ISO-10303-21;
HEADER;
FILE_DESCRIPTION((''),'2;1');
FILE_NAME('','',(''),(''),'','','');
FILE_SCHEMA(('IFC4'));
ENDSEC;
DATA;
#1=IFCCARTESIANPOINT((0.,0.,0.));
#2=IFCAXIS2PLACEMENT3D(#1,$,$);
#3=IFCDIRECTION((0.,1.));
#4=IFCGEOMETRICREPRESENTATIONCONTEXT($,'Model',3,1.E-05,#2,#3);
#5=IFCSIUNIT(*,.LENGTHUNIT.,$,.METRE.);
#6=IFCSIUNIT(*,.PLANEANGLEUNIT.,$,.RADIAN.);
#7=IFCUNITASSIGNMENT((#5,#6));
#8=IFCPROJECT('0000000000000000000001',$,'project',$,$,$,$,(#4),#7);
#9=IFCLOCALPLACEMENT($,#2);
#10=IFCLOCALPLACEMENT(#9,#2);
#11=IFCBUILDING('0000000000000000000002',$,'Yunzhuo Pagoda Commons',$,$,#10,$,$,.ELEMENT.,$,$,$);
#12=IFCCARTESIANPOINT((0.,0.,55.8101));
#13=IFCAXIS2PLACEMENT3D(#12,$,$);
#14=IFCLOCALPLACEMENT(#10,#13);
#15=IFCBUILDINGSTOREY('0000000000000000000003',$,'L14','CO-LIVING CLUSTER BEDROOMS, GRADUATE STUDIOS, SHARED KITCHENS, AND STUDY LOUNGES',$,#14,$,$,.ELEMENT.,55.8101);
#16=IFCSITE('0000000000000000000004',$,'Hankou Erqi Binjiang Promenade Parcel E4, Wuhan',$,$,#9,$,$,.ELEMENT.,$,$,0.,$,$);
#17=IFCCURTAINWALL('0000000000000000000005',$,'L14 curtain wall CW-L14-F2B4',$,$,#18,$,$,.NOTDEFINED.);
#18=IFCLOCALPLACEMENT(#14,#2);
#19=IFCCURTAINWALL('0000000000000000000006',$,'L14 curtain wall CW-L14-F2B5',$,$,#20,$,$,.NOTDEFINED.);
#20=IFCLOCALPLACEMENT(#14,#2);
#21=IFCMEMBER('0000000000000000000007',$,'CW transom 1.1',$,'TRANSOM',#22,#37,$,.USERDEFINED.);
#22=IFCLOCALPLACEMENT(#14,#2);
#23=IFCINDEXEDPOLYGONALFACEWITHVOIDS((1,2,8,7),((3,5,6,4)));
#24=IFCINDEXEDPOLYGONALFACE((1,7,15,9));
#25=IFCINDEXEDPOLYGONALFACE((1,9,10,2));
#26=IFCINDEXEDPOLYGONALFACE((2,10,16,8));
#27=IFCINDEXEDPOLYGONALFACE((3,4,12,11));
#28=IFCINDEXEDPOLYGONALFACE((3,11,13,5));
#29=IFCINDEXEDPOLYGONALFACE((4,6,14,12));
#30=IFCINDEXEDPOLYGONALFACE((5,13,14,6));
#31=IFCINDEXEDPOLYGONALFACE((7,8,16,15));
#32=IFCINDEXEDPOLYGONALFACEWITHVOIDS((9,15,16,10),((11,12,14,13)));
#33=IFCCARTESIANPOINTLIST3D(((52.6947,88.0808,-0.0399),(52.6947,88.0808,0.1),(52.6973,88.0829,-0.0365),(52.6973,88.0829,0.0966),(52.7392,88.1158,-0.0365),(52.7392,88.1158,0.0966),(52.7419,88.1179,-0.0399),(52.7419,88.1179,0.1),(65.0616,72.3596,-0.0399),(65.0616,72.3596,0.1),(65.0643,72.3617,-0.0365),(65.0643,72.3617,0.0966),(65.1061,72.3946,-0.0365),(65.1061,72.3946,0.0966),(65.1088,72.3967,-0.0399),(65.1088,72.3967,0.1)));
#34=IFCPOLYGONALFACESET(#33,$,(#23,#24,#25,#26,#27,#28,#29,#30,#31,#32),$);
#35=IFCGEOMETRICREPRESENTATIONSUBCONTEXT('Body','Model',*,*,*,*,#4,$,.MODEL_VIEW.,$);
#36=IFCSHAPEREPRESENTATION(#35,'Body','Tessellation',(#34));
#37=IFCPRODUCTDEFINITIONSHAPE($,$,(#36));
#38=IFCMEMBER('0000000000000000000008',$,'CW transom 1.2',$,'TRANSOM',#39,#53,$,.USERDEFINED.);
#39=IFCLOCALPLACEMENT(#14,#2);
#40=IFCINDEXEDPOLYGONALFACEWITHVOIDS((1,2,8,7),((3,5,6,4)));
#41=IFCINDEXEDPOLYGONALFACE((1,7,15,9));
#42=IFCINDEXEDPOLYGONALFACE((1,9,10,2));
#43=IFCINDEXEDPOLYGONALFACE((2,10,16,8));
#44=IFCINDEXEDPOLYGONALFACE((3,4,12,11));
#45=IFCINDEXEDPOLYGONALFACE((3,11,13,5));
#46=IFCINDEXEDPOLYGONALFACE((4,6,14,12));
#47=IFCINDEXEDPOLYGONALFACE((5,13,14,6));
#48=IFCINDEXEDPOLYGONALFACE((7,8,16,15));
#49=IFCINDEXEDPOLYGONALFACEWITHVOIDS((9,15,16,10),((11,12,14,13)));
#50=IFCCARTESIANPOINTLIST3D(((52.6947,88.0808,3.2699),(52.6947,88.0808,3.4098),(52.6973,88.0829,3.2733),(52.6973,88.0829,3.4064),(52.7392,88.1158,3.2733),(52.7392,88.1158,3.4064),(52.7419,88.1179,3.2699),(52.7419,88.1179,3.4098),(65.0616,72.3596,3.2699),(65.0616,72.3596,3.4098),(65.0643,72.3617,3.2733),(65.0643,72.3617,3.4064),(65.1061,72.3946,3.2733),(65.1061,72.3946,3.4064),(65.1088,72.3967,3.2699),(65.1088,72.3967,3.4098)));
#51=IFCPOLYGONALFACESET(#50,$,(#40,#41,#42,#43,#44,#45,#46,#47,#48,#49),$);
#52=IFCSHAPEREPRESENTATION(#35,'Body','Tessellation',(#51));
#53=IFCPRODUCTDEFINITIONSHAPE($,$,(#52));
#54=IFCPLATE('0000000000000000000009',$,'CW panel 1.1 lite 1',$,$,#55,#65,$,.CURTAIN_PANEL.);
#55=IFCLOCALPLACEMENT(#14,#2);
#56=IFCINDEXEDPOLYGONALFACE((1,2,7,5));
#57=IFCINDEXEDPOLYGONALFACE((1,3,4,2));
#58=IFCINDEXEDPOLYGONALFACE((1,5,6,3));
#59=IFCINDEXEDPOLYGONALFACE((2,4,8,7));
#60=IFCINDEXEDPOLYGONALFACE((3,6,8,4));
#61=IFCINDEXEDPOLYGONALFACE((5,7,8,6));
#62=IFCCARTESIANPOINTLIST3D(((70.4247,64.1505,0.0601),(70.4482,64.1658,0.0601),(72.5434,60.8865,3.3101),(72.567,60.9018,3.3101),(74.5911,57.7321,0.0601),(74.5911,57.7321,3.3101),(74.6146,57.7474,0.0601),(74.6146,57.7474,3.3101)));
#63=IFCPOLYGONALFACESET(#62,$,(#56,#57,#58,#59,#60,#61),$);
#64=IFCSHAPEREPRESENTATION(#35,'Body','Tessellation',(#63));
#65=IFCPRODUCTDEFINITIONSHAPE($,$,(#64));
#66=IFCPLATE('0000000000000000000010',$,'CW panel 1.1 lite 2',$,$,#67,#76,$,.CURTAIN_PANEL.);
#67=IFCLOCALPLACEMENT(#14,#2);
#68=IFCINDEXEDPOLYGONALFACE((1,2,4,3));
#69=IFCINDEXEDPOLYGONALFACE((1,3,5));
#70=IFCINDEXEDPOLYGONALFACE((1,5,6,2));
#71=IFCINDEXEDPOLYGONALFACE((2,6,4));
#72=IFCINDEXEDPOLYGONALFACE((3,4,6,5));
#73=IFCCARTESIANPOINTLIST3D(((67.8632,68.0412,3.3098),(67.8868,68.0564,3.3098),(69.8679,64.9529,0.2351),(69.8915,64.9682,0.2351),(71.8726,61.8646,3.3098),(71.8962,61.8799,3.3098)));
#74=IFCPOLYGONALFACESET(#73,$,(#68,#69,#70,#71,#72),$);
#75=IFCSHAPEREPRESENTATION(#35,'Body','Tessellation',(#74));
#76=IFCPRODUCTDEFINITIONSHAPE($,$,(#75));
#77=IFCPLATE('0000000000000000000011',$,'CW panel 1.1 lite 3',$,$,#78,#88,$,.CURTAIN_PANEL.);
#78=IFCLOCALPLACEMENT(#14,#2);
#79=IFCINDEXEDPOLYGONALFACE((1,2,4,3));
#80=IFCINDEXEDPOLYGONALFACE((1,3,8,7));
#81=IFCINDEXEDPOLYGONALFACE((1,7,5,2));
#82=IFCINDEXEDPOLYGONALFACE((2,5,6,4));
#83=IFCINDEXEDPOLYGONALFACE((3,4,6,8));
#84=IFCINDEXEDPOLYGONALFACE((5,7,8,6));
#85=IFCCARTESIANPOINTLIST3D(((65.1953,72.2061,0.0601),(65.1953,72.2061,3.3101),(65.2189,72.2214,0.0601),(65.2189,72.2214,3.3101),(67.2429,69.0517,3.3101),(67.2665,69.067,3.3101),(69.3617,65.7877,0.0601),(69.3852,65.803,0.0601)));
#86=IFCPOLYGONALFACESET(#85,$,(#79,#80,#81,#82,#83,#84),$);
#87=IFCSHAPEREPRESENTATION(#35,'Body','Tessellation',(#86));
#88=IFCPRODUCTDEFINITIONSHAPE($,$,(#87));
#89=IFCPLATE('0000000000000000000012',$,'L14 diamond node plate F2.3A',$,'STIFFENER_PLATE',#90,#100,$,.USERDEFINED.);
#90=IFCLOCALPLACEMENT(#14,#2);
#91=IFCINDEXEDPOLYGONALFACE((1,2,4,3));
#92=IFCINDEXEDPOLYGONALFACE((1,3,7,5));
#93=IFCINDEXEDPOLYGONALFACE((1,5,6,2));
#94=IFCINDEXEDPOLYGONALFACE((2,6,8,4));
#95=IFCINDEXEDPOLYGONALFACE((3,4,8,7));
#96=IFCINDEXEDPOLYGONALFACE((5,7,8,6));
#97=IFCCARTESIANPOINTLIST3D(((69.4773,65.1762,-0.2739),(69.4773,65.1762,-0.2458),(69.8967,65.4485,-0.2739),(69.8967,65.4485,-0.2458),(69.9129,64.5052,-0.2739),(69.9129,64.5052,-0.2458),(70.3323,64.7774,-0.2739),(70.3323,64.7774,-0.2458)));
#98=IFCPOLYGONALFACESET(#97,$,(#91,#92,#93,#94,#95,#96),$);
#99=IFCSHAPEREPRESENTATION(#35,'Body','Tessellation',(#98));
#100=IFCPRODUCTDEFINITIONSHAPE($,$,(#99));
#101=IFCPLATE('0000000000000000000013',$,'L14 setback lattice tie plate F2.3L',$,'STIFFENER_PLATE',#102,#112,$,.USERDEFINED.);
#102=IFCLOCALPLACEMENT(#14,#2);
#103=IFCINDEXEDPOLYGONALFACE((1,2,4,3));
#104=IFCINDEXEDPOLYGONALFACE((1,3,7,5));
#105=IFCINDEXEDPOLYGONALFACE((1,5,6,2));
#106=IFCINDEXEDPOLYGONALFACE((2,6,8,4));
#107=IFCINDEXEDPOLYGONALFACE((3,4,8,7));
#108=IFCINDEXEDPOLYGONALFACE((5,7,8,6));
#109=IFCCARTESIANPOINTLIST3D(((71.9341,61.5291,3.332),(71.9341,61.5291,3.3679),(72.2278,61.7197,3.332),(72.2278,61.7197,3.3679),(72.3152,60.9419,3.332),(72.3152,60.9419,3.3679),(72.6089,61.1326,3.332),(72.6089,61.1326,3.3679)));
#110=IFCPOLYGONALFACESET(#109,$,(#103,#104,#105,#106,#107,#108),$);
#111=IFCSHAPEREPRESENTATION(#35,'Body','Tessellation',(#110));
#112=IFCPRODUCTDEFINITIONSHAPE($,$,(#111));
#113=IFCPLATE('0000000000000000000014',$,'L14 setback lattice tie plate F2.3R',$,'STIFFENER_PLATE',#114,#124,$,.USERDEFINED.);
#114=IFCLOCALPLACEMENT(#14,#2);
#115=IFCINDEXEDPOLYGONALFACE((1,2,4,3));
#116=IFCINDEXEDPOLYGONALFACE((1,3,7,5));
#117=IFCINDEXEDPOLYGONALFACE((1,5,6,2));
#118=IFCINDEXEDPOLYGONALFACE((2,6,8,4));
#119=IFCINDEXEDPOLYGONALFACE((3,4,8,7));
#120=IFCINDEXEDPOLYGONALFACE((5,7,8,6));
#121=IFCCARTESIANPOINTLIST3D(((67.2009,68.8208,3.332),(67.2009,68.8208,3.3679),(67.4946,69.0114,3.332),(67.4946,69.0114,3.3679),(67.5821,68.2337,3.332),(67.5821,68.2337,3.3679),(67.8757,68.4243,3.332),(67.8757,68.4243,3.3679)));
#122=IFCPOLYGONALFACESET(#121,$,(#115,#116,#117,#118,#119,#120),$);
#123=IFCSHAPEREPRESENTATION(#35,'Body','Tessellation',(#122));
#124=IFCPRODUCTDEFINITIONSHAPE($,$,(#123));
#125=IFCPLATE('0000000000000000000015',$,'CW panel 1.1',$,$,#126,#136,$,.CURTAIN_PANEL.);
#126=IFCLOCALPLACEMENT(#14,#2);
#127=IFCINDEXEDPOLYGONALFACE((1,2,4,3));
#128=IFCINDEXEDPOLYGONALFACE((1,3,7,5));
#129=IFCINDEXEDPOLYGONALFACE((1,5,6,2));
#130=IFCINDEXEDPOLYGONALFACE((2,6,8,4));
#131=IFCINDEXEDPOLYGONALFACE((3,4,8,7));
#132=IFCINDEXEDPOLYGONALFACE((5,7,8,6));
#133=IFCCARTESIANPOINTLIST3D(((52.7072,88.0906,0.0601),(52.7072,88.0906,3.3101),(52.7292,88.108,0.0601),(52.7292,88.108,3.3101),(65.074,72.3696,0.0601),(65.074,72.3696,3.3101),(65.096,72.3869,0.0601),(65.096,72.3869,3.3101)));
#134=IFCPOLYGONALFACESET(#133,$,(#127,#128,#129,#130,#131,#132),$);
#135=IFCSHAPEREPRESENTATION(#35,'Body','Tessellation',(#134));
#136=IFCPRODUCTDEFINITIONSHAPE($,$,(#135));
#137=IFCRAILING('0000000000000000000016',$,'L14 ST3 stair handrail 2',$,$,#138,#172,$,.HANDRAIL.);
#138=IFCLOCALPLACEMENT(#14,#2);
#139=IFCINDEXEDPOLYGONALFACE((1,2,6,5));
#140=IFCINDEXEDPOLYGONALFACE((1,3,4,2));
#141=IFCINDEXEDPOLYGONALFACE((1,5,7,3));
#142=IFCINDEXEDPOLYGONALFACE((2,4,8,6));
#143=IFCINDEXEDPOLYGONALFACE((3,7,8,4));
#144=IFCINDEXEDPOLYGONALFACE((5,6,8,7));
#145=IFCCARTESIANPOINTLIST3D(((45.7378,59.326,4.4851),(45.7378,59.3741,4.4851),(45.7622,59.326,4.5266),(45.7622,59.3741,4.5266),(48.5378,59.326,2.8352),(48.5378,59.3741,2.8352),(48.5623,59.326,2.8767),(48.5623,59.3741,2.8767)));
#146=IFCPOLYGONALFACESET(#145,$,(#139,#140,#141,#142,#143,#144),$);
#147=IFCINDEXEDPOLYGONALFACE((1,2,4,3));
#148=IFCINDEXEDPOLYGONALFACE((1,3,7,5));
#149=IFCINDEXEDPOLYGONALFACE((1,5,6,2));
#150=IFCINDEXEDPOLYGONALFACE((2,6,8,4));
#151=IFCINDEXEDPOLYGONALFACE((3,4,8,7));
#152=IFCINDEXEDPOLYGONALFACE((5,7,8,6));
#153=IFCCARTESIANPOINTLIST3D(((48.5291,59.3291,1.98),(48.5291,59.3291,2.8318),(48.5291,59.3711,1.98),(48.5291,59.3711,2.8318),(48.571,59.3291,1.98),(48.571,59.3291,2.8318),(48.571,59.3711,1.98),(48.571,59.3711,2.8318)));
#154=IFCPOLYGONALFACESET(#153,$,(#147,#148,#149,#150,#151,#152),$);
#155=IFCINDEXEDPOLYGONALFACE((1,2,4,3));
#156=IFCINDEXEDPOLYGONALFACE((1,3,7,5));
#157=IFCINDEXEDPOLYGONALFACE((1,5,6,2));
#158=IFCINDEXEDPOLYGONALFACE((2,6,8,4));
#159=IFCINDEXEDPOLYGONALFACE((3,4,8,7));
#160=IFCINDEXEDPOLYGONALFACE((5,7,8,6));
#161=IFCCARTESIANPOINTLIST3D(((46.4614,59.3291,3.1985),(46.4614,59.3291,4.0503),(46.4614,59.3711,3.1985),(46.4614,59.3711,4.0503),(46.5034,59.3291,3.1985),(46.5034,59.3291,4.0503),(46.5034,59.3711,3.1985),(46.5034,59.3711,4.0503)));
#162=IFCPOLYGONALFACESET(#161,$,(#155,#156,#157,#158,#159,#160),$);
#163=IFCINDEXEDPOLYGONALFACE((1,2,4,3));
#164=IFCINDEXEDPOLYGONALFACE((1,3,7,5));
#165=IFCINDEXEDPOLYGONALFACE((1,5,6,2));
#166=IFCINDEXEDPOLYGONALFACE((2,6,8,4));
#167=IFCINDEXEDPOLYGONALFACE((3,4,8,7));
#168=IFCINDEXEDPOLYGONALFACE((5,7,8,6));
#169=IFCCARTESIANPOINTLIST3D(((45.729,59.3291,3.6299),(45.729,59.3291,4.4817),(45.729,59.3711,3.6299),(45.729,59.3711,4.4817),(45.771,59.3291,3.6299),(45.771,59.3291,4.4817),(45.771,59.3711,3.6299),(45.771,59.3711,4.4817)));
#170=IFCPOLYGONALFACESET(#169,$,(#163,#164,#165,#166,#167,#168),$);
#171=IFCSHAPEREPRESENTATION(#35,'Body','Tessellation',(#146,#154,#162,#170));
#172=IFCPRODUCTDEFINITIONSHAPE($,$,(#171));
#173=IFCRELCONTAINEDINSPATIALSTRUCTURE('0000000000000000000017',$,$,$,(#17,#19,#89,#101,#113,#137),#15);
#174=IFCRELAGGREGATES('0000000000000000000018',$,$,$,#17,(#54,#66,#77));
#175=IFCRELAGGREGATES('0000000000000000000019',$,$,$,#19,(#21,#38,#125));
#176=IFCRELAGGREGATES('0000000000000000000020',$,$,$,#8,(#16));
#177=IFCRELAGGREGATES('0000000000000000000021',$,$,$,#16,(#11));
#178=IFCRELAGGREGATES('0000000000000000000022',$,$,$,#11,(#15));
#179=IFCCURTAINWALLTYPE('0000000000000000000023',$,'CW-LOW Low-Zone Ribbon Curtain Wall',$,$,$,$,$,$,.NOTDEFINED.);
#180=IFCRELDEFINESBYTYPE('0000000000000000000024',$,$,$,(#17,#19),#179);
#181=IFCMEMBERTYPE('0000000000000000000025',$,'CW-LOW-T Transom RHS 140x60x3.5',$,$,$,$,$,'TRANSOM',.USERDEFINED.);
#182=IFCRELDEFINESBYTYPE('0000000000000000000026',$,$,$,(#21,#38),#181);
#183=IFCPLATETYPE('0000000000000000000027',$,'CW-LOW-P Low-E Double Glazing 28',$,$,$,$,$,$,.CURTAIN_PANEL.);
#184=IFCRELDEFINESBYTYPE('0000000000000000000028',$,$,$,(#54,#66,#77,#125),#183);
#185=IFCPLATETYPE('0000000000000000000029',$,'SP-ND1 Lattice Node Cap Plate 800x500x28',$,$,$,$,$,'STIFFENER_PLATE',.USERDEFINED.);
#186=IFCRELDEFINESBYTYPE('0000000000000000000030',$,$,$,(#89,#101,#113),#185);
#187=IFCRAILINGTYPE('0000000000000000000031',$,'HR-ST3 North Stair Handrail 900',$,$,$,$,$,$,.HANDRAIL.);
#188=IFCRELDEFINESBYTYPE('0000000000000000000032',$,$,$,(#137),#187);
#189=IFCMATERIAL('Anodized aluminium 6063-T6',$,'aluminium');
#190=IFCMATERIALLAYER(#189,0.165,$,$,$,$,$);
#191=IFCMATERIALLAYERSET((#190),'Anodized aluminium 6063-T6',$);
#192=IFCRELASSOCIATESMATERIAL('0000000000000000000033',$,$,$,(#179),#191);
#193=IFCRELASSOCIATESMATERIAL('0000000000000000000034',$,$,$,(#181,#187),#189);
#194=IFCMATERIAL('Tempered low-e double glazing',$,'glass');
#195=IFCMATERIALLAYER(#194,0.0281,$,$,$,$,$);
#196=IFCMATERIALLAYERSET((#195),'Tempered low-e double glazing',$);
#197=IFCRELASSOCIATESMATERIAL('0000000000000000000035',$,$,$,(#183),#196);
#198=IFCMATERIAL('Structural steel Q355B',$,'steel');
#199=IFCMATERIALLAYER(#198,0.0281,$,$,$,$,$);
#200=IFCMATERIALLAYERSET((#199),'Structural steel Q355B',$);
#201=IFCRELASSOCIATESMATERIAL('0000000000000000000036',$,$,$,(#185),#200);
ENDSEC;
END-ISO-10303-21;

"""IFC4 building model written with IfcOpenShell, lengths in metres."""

from ifc_helpers import new_model, si_unit, direction, frame, origin, origin_2d, place, context, subcontext, project, spatial, polyline, rectangle, hollow_rectangle, outline, extrude, source, transform, mapped, material, layer, layer_set, material_profile, profile_set, type_object, element, aggregate, save


model = new_model("IFC4")

# Units and contexts
model_context = context("Model", 3, precision=1e-05, world=origin(), true_north=direction((0.0, 1.0)))
body_context = subcontext(model_context, "Body", "Model", "MODEL_VIEW")
ifc_project = project(units=[si_unit("LENGTHUNIT", "METRE"), si_unit("PLANEANGLEUNIT", "RADIAN")], contexts=[model_context])

# Site, building, storey
site_placement = place(None, origin())
site = spatial("IfcSite", under=ifc_project, at=site_placement, Name="Hankou Erqi Binjiang Promenade Parcel E4, Wuhan", CompositionType="ELEMENT", RefElevation=0.0)
building_placement = place(site_placement, origin())
building = spatial("IfcBuilding", under=site, at=building_placement, Name="Yunzhuo Pagoda Commons", CompositionType="ELEMENT")
storey_placement = place(building_placement, frame((0.0, 0.0, 55.8101)))
storey = spatial("IfcBuildingStorey", under=building, at=storey_placement, Name="L14", Description="CO-LIVING CLUSTER BEDROOMS, GRADUATE STUDIOS, SHARED KITCHENS, AND STUDY LOUNGES", CompositionType="ELEMENT", Elevation=55.8101)

# Shared definitions
ifc_material_1 = material(Name="Structural steel Q355B", Category="steel")

# Curtain wall
ifc_material_2 = material(Name="Anodized aluminium 6063-T6", Category="aluminium")
ifc_layer_1 = layer(ifc_material_2, 0.165)
ifc_layer_set_1 = layer_set([ifc_layer_1], Name="Anodized aluminium 6063-T6")
curtain_wall_type = type_object("IfcCurtainWallType", Name="CW-LOW Low-Zone Ribbon Curtain Wall", PredefinedType="NOTDEFINED", material=ifc_layer_set_1)
curtain_wall_1_placement = place(storey_placement, origin())
curtain_wall_1 = element("IfcCurtainWall", 1, at=curtain_wall_1_placement, inside=storey, type_object=curtain_wall_type, Name="L14 curtain wall CW-L14-F2B4", PredefinedType="NOTDEFINED")

# Curtain wall, members
curtain_wall_2_placement = place(storey_placement, origin())
curtain_wall_2 = element("IfcCurtainWall", 2, at=curtain_wall_2_placement, inside=storey, type_object=curtain_wall_type, Name="L14 curtain wall CW-L14-F2B5", PredefinedType="NOTDEFINED")
ifc_material_profile_1 = material_profile(ifc_material_2, hollow_rectangle(XDim=0.0601, YDim=0.1399, WallThickness=0.0034, at=origin_2d()), Name="Anodized aluminium 6063-T6")
ifc_profile_set_1 = profile_set([ifc_material_profile_1], Name="Anodized aluminium 6063-T6")
member_type_1 = type_object("IfcMemberType", Name="CW-LOW-T Transom RHS 140x60x3.5", ElementType="TRANSOM", PredefinedType="USERDEFINED", material=ifc_profile_set_1)
shared_shape_1 = source(origin(), body_context, "Body", "SweptSolid", [
    extrude(hollow_rectangle(XDim=0.0601, YDim=0.1399, WallThickness=0.0034, at=origin_2d()), origin(), (0.0, 0.0, 1.0), 20.0024),
])
member_1_placement = place(storey_placement, frame((65.0852, 72.3782, 0.03), z_axis=(-0.618272, 0.785964, 0.0), x_axis=(-0.785964, -0.618272, 0.0)))
member_1 = element("IfcMember", 3, at=member_1_placement, type_object=member_type_1, Name="CW transom 1.1", ObjectType="TRANSOM", PredefinedType="USERDEFINED", context=body_context, shape_type="MappedRepresentation", body=[
    mapped(shared_shape_1, transform((0.0, 0.0, 0.0), scale=1.0)),
])
member_2_placement = place(storey_placement, frame((65.0852, 72.3782, 3.3398), z_axis=(-0.618272, 0.785964, 0.0), x_axis=(-0.785964, -0.618272, 0.0)))
member_2 = element("IfcMember", 4, at=member_2_placement, type_object=member_type_1, Name="CW transom 1.2", ObjectType="TRANSOM", PredefinedType="USERDEFINED", context=body_context, shape_type="MappedRepresentation", body=[
    mapped(shared_shape_1, transform((0.0, 0.0, 0.0), scale=1.0)),
])

# Plates
ifc_material_3 = material(Name="Tempered low-e double glazing", Category="glass")
ifc_layer_2 = layer(ifc_material_3, 0.0281)
ifc_layer_set_2 = layer_set([ifc_layer_2], Name="Tempered low-e double glazing")
plate_type_1 = type_object("IfcPlateType", Name="CW-LOW-P Low-E Double Glazing 28", PredefinedType="CURTAIN_PANEL", material=ifc_layer_set_2)
plate_1_placement = place(storey_placement, frame((72.5078, 60.9414, 1.6851), z_axis=(0.838777, 0.544476, 0.0), x_axis=(-0.544476, 0.838777, 0.0)))
plate_1 = element("IfcPlate", 5, at=plate_1_placement, type_object=plate_type_1, Name="CW panel 1.1 lite 1", PredefinedType="CURTAIN_PANEL", context=body_context, shape_type="SweptSolid", body=[
    extrude(outline(polyline([(-3.8262, -1.625), (3.8259, -1.625), (-0.0654, 1.625), (-3.8262, 1.625), (-3.8262, -1.625)])), origin(), (0.0, 0.0, 1.0), 0.0281),
])
plate_2_placement = place(storey_placement, frame((69.8679, 64.9529, 1.7725), z_axis=(0.838777, 0.544476, 0.0), x_axis=(-0.544476, 0.838777, 0.0)))
plate_2 = element("IfcPlate", 6, at=plate_2_placement, type_object=plate_type_1, Name="CW panel 1.1 lite 2", PredefinedType="CURTAIN_PANEL", context=body_context, shape_type="SweptSolid", body=[
    extrude(outline(polyline([(-3.6819, 1.5374), (0.0, -1.5374), (3.6819, 1.5374), (-3.6819, 1.5374)])), origin(), (0.0, 0.0, 1.0), 0.0281),
])
plate_3_placement = place(storey_placement, frame((67.2786, 68.9968, 1.6851), z_axis=(0.838777, 0.544476, 0.0), x_axis=(-0.544476, 0.838777, 0.0)))
plate_3 = element("IfcPlate", 7, at=plate_3_placement, type_object=plate_type_1, Name="CW panel 1.1 lite 3", PredefinedType="CURTAIN_PANEL", context=body_context, shape_type="SweptSolid", body=[
    extrude(outline(polyline([(-3.8259, -1.625), (3.8262, -1.625), (3.8262, 1.625), (0.0654, 1.625), (-3.8259, -1.625)])), origin(), (0.0, 0.0, 1.0), 0.0281),
])
aggregate(curtain_wall_1, [plate_1, plate_2, plate_3])

# Plates
ifc_layer_3 = layer(ifc_material_1, 0.0281)
ifc_layer_set_3 = layer_set([ifc_layer_3], Name="Structural steel Q355B")
plate_type_2 = type_object("IfcPlateType", Name="SP-ND1 Lattice Node Cap Plate 800x500x28", ElementType="STIFFENER_PLATE", PredefinedType="USERDEFINED", material=ifc_layer_set_3)
shared_shape_2 = source(origin(), body_context, "Body", "SweptSolid", [
    extrude(rectangle(XDim=0.8, YDim=0.5, at=origin_2d()), origin(), (0.0, 0.0, 1.0), 0.0281),
])
plate_4_placement = place(storey_placement, frame((69.9048, 64.9768, -0.2739), z_axis=(0.0, 0.0, 1.0), x_axis=(-0.544478, 0.838775, 0.0)))
element("IfcPlate", 8, at=plate_4_placement, inside=storey, type_object=plate_type_2, Name="L14 diamond node plate F2.3A", ObjectType="STIFFENER_PLATE", PredefinedType="USERDEFINED", context=body_context, shape_type="MappedRepresentation", body=[
    mapped(shared_shape_2, transform((0.0, 0.0, 0.0), scale=1.0)),
])
shared_shape_3 = source(origin(), body_context, "Body", "SweptSolid", [
    extrude(rectangle(XDim=0.7, YDim=0.3501, at=origin_2d()), origin(), (0.0, 0.0, 1.0), 0.0359),
])
for number, where, z_axis, x_axis, name in (
    (9, (72.2715, 61.3308, 3.332), (0.0, 0.0, 1.0), (-0.544478, 0.838775, 0.0), "L14 setback lattice tie plate F2.3L"),
    (10, (67.5383, 68.6226, 3.332), (0.0, 0.0, 1.0), (-0.544478, 0.838775, 0.0), "L14 setback lattice tie plate F2.3R"),
):
    element("IfcPlate", number, at=place(storey_placement, frame(where, z_axis=z_axis, x_axis=x_axis)), inside=storey, type_object=plate_type_2, Name=name, ObjectType="STIFFENER_PLATE", PredefinedType="USERDEFINED", context=body_context, shape_type="MappedRepresentation", body=[
        mapped(shared_shape_3, transform((0.0, 0.0, 0.0), scale=1.0)),
    ])

# Plate
shared_shape_4 = source(origin(), body_context, "Body", "SweptSolid", [
    extrude(rectangle(XDim=20.0022, YDim=0.0281, at=origin_2d()), origin(), (0.0, 0.0, 1.0), 3.25),
])
plate_5_placement = place(storey_placement, frame((58.9016, 80.2388, 0.0601), z_axis=(0.0, 0.0, 1.0), x_axis=(-0.618272, 0.785964, 0.0)))
plate_5 = element("IfcPlate", 11, at=plate_5_placement, type_object=plate_type_1, Name="CW panel 1.1", PredefinedType="CURTAIN_PANEL", context=body_context, shape_type="MappedRepresentation", body=[
    mapped(shared_shape_4, transform((0.0, 0.0, 0.0), scale=1.0)),
])
aggregate(curtain_wall_2, [member_1, member_2, plate_5])

# Railing
railing_type_1 = type_object("IfcRailingType", Name="HR-ST3 North Stair Handrail 900", PredefinedType="HANDRAIL", material=ifc_material_2)
railing_1_placement = place(storey_placement, frame((48.55, 59.3501, 1.98)))
element("IfcRailing", 12, at=railing_1_placement, inside=storey, type_object=railing_type_1, Name="L14 ST3 stair handrail 2", PredefinedType="HANDRAIL", context=body_context, shape_type="SweptSolid", body=[
    extrude(rectangle(XDim=0.0481, YDim=0.0481, at=origin_2d()), frame((0.0, 0.0, 0.876), z_axis=(-0.861555, 0.0, 0.507663), x_axis=(0.0, -1.0, 0.0)), (0.0, 0.0, 1.0), 3.25),
    extrude(rectangle(XDim=0.042, YDim=0.042, at=origin_2d()), origin(), (0.0, 0.0, 1.0), 0.8518),
    extrude(rectangle(XDim=0.042, YDim=0.042, at=origin_2d()), frame((-2.0676, 0.0, 1.2185)), (0.0, 0.0, 1.0), 0.8518),
    extrude(rectangle(XDim=0.042, YDim=0.042, at=origin_2d()), frame((-2.8, 0.0, 1.6499)), (0.0, 0.0, 1.0), 0.8518),
])

save(model, "model.ifc")
